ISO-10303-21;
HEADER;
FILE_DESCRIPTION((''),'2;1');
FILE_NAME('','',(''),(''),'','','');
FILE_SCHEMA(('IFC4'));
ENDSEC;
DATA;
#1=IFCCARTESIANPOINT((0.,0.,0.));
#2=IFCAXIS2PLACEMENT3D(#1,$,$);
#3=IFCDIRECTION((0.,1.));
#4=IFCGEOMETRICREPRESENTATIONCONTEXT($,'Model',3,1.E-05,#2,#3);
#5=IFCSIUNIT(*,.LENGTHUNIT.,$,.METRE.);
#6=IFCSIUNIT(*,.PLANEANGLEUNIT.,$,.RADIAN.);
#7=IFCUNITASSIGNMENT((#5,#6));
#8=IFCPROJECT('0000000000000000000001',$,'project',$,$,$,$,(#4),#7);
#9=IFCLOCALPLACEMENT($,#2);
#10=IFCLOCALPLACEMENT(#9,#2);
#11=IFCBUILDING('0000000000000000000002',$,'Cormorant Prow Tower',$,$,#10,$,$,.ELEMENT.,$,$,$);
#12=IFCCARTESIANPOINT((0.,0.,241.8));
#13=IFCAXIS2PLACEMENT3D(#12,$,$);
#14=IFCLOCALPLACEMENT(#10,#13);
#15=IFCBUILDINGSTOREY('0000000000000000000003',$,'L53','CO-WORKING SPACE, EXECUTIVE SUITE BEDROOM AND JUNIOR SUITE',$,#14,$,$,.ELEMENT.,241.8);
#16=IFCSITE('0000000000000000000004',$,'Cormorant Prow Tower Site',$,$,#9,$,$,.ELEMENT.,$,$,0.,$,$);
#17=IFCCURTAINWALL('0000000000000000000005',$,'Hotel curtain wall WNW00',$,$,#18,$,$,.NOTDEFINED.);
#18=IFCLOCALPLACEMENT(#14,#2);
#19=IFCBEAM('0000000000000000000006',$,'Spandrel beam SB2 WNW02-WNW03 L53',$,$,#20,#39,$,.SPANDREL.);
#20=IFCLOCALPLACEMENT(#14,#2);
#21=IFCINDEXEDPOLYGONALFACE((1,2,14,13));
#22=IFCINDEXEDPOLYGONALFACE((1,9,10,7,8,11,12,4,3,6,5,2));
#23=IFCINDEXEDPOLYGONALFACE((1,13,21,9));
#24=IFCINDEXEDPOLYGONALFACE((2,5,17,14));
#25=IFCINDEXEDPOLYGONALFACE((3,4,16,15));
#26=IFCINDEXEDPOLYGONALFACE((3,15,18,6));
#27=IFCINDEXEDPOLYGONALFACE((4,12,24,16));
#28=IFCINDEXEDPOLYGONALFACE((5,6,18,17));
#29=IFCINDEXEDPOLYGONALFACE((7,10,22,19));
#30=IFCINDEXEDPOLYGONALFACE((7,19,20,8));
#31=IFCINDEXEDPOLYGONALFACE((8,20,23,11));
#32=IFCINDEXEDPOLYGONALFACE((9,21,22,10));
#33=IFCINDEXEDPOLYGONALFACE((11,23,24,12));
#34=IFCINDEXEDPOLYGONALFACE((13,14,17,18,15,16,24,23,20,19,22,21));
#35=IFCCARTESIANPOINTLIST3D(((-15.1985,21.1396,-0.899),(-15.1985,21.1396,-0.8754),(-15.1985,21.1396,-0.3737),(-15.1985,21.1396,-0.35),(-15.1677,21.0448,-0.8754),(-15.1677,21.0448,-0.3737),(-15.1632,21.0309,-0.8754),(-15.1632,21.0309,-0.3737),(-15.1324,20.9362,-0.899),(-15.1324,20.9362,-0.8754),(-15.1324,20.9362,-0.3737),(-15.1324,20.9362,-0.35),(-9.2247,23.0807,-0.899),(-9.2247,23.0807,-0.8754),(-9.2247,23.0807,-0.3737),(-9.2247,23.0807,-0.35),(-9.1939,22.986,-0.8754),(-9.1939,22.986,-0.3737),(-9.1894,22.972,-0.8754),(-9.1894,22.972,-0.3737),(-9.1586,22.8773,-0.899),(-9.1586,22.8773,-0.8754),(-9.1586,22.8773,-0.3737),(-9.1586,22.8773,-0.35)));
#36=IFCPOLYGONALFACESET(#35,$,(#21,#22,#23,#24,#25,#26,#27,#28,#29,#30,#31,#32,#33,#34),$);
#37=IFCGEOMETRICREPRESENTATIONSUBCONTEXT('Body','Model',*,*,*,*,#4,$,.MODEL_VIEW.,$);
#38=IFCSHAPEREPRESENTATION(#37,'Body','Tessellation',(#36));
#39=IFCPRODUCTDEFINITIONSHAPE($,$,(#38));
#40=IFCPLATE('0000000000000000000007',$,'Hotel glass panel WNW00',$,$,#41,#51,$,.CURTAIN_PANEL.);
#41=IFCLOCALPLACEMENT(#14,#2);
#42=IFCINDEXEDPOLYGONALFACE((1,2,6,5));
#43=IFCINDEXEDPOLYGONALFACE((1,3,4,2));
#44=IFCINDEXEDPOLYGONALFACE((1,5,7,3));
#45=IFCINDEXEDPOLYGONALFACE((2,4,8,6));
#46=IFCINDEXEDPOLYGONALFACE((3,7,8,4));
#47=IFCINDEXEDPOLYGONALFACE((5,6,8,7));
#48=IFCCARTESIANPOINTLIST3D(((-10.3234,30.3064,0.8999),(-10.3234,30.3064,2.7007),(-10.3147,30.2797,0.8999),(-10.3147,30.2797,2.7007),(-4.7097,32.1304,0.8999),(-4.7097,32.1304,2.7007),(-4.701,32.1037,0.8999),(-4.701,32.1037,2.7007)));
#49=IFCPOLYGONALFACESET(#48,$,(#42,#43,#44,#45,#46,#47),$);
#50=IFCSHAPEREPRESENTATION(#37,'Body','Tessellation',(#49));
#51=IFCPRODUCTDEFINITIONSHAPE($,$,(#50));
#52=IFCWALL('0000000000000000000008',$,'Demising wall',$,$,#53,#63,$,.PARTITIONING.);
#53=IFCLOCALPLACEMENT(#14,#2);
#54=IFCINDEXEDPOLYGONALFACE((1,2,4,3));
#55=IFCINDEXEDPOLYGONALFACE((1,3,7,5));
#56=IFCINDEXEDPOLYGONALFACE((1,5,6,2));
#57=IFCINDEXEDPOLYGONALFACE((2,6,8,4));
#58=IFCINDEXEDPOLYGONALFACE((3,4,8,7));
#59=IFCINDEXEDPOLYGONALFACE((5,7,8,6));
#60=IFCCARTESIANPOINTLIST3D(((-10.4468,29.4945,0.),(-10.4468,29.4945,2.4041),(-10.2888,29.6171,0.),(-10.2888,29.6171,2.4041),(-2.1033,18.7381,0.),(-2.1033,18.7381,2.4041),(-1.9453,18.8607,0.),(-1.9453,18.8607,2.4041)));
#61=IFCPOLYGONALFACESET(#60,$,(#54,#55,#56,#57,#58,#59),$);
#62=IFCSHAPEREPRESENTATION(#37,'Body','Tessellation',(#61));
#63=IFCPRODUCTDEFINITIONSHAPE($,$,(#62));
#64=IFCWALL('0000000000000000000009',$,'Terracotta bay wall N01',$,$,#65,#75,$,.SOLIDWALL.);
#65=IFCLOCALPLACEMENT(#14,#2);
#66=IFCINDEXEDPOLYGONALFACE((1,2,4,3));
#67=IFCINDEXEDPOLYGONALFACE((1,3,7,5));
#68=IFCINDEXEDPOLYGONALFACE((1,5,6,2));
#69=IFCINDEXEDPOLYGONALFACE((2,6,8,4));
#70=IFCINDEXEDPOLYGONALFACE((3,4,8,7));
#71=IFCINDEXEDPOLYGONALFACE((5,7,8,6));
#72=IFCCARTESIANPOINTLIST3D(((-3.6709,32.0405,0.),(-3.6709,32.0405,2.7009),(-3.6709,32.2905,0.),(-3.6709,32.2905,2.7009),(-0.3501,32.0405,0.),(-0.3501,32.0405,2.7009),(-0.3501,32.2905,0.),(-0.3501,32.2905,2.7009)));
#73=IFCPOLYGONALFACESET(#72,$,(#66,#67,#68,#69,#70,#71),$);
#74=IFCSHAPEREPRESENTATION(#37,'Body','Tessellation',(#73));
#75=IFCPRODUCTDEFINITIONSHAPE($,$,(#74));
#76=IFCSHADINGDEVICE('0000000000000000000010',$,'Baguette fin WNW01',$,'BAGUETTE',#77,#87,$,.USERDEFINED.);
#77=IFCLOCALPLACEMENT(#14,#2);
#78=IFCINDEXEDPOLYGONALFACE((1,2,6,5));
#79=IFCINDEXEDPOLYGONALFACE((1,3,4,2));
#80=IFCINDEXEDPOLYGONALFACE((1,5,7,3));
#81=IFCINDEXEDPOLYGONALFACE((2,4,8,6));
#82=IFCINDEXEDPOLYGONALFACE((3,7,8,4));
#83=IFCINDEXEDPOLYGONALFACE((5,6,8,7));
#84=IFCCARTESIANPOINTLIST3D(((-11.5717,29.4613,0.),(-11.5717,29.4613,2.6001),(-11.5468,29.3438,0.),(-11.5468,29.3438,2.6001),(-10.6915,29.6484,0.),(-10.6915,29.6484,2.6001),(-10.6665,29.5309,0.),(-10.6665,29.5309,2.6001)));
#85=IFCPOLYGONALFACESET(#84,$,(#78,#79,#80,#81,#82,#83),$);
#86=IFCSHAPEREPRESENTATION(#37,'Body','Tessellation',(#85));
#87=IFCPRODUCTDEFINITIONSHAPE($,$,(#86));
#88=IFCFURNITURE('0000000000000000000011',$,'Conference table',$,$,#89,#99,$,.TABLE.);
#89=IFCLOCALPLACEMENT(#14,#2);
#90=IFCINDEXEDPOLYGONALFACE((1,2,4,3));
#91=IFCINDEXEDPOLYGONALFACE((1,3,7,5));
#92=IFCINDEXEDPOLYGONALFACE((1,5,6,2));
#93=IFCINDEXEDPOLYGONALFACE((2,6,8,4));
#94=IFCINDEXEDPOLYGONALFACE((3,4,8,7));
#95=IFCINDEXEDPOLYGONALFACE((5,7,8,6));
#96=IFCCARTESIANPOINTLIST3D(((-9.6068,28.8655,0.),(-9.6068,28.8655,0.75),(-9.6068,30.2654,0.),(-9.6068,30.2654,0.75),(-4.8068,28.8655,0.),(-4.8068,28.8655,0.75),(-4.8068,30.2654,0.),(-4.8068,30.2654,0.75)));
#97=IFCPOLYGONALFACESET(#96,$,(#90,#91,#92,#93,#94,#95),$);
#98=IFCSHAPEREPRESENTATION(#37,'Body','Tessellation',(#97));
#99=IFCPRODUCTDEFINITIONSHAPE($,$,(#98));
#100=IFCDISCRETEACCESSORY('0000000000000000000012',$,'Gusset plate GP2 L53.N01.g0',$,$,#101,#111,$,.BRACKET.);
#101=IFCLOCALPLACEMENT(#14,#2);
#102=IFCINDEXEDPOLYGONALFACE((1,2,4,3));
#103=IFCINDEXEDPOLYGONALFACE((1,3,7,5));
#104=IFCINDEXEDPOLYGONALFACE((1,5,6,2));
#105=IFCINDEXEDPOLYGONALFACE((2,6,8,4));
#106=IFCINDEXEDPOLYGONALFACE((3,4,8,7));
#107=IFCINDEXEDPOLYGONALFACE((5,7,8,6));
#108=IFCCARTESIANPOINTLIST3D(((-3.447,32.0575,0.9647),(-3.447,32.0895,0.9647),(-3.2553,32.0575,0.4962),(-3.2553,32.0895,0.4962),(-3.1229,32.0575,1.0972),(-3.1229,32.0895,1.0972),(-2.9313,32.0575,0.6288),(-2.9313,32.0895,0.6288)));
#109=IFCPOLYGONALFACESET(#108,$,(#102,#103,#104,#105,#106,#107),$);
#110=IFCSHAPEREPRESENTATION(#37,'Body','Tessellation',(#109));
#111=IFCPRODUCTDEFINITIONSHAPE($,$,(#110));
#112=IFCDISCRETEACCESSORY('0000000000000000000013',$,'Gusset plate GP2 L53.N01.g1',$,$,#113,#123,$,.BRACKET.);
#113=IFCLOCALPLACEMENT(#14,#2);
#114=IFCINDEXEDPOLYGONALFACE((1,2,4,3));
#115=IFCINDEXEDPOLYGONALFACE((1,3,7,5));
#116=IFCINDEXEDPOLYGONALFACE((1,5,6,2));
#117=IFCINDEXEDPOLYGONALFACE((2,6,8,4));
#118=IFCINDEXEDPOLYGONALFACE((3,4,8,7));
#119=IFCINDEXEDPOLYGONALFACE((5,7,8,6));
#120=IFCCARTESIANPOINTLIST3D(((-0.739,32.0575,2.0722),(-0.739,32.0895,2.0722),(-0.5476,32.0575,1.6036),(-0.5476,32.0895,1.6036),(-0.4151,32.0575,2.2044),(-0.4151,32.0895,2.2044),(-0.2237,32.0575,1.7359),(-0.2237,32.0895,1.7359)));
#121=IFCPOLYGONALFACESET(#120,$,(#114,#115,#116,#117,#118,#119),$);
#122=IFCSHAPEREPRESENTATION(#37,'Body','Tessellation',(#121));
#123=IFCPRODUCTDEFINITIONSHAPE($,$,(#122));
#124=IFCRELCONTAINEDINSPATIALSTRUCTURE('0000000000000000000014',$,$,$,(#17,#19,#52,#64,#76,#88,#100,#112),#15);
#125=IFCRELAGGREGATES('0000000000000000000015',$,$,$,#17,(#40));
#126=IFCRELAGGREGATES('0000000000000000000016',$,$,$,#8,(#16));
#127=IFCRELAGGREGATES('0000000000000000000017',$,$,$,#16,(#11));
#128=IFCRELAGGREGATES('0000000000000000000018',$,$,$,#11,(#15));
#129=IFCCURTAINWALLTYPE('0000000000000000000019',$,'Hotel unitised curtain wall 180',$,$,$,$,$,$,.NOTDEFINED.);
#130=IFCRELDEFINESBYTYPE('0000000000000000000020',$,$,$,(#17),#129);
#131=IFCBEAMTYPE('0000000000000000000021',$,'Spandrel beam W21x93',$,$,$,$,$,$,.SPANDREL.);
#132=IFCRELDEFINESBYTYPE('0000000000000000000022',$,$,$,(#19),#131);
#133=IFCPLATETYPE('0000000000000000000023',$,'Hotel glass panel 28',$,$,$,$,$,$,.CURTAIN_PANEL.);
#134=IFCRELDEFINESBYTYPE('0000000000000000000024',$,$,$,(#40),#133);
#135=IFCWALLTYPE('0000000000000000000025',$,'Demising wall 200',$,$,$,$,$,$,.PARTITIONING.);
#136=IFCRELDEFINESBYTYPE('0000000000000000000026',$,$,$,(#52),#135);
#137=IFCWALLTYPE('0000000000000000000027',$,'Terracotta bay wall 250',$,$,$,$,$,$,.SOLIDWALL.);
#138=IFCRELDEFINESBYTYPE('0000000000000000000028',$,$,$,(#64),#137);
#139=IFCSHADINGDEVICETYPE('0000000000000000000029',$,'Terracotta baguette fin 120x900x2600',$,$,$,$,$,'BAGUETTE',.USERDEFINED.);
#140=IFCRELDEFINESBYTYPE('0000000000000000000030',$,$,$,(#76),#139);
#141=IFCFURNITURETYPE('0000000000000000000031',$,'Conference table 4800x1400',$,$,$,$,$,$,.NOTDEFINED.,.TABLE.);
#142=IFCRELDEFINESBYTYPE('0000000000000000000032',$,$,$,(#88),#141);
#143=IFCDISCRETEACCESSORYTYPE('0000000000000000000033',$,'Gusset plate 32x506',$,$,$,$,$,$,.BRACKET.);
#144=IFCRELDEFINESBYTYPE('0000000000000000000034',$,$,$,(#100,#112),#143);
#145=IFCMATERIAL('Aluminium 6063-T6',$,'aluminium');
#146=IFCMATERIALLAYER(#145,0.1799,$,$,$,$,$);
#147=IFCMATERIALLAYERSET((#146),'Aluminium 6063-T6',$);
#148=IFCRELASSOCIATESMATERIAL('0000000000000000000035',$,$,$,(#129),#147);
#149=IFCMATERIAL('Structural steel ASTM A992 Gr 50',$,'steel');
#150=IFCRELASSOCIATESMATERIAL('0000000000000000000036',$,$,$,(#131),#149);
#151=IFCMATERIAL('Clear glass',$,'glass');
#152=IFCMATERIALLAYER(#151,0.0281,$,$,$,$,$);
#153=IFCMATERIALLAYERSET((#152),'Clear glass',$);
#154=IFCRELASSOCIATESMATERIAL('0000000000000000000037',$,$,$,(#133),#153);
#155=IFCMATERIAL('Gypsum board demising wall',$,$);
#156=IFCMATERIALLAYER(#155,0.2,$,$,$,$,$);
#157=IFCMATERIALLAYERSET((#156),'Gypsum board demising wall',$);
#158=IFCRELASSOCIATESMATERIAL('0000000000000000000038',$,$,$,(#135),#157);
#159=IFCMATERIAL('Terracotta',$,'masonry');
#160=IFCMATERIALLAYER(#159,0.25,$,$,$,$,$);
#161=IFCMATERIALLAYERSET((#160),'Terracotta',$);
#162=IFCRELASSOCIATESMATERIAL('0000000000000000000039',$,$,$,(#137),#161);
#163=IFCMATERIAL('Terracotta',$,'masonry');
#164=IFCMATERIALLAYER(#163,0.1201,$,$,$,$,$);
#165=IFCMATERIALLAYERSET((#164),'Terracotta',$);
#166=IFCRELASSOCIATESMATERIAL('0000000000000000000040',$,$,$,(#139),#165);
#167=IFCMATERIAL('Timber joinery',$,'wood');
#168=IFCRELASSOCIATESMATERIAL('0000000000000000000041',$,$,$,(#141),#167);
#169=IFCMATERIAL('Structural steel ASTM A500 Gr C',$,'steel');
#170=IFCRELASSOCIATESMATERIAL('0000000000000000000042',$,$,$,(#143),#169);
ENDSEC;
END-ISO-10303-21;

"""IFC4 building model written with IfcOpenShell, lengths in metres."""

from ifc_helpers import new_model, si_unit, direction, frame, frame_2d, origin, origin_2d, place, context, subcontext, project, spatial, rectangle, i_section, extrude, material, layer, layer_set, material_profile, profile_set, type_object, element, aggregate, save


model = new_model("IFC4")

# Units and contexts
model_context = context("Model", 3, precision=1e-05, world=origin(), true_north=direction((0.0, 1.0)))
body_context = subcontext(model_context, "Body", "Model", "MODEL_VIEW")
ifc_project = project(units=[si_unit("LENGTHUNIT", "METRE"), si_unit("PLANEANGLEUNIT", "RADIAN")], contexts=[model_context])

# Site, building, storey
site_placement = place(None, origin())
site = spatial("IfcSite", under=ifc_project, at=site_placement, Name="Cormorant Prow Tower Site", CompositionType="ELEMENT", RefElevation=0.0)
building_placement = place(site_placement, origin())
building = spatial("IfcBuilding", under=site, at=building_placement, Name="Cormorant Prow Tower", CompositionType="ELEMENT")
storey_placement = place(building_placement, frame((0.0, 0.0, 241.8)))
storey = spatial("IfcBuildingStorey", under=building, at=storey_placement, Name="L53", Description="CO-WORKING SPACE, EXECUTIVE SUITE BEDROOM AND JUNIOR SUITE", CompositionType="ELEMENT", Elevation=241.8)

# Curtain wall
ifc_material_1 = material(Name="Aluminium 6063-T6", Category="aluminium")
ifc_layer_1 = layer(ifc_material_1, 0.1799)
ifc_layer_set_1 = layer_set([ifc_layer_1], Name="Aluminium 6063-T6")
curtain_wall_type = type_object("IfcCurtainWallType", Name="Hotel unitised curtain wall 180", PredefinedType="NOTDEFINED", material=ifc_layer_set_1)
curtain_wall_1_placement = place(storey_placement, origin())
curtain_wall_1 = element("IfcCurtainWall", 1, at=curtain_wall_1_placement, inside=storey, type_object=curtain_wall_type, Name="Hotel curtain wall WNW00", PredefinedType="NOTDEFINED")

# Beam
ifc_material_2 = material(Name="Structural steel ASTM A992 Gr 50", Category="steel")
ifc_material_profile_1 = material_profile(ifc_material_2, i_section(OverallWidth=0.2139, OverallDepth=0.5491, WebThickness=0.0146, FlangeThickness=0.0237, at=origin_2d()), Name="W21x93")
ifc_profile_set_1 = profile_set([ifc_material_profile_1], Name="Structural steel ASTM A992 Gr 50")
beam_type = type_object("IfcBeamType", Name="Spandrel beam W21x93", PredefinedType="SPANDREL", material=ifc_profile_set_1)
beam_1_placement = place(storey_placement, frame((-9.1917, 22.979, -0.6245), z_axis=(-0.95105, -0.309036, 0.0), x_axis=(0.309036, -0.95105, 0.0)))
element("IfcBeam", 2, at=beam_1_placement, inside=storey, type_object=beam_type, Name="Spandrel beam SB2 WNW02-WNW03 L53", PredefinedType="SPANDREL", context=body_context, shape_type="SweptSolid", body=[
    extrude(i_section(OverallWidth=0.2139, OverallDepth=0.5491, WebThickness=0.0146, FlangeThickness=0.0237, at=origin_2d()), origin(), (0.0, 0.0, 1.0), 6.2812),
])

# Plate
ifc_material_3 = material(Name="Clear glass", Category="glass")
ifc_layer_2 = layer(ifc_material_3, 0.0281)
ifc_layer_set_2 = layer_set([ifc_layer_2], Name="Clear glass")
plate_type = type_object("IfcPlateType", Name="Hotel glass panel 28", PredefinedType="CURTAIN_PANEL", material=ifc_layer_set_2)
plate_placement = place(storey_placement, frame((-7.5122, 31.2051, 0.8999), z_axis=(0.0, 0.0, 1.0), x_axis=(-0.951057, -0.309017, 0.0)))
plate = element("IfcPlate", 3, at=plate_placement, type_object=plate_type, Name="Hotel glass panel WNW00", PredefinedType="CURTAIN_PANEL", context=body_context, shape_type="SweptSolid", body=[
    extrude(rectangle(XDim=5.9026, YDim=0.0281, at=origin_2d()), origin(), (0.0, 0.0, 1.0), 1.8008),
])
aggregate(curtain_wall_1, [plate])

# Walls
ifc_material_4 = material(Name="Gypsum board demising wall")
ifc_layer_3 = layer(ifc_material_4, 0.2)
ifc_layer_set_3 = layer_set([ifc_layer_3], Name="Gypsum board demising wall")
wall_type_1 = type_object("IfcWallType", Name="Demising wall 200", PredefinedType="PARTITIONING", material=ifc_layer_set_3)
wall_1_placement = place(storey_placement, frame((-10.3679, 29.5559, 0.0), z_axis=(0.0, 0.0, 1.0), x_axis=(0.612908, -0.790154, 0.0)))
element("IfcWall", 4, at=wall_1_placement, inside=storey, type_object=wall_type_1, Name="Demising wall", PredefinedType="PARTITIONING", context=body_context, shape_type="SweptSolid", body=[
    extrude(rectangle(XDim=13.613, YDim=0.2, at=frame_2d((6.8066, 0.0))), origin(), (0.0, 0.0, 1.0), 2.4041),
])
ifc_material_5 = material(Name="Terracotta", Category="masonry")
ifc_layer_4 = layer(ifc_material_5, 0.25)
ifc_layer_set_4 = layer_set([ifc_layer_4], Name="Terracotta")
wall_type_2 = type_object("IfcWallType", Name="Terracotta bay wall 250", PredefinedType="SOLIDWALL", material=ifc_layer_set_4)
wall_2_placement = place(storey_placement, frame((-0.3501, 32.1655, 0.0), z_axis=(0.0, 0.0, 1.0), x_axis=(-1.0, 0.0, 0.0)))
element("IfcWall", 5, at=wall_2_placement, inside=storey, type_object=wall_type_2, Name="Terracotta bay wall N01", PredefinedType="SOLIDWALL", context=body_context, shape_type="SweptSolid", body=[
    extrude(rectangle(XDim=3.3208, YDim=0.25, at=frame_2d((1.6604, 0.0))), origin(), (0.0, 0.0, 1.0), 2.7009),
])

# Shading device
ifc_material_6 = material(Name="Terracotta", Category="masonry")
ifc_layer_5 = layer(ifc_material_6, 0.1201)
ifc_layer_set_5 = layer_set([ifc_layer_5], Name="Terracotta")
shading_device_type = type_object("IfcShadingDeviceType", Name="Terracotta baguette fin 120x900x2600", ElementType="BAGUETTE", PredefinedType="USERDEFINED", material=ifc_layer_set_5)
shading_device_placement = place(storey_placement, frame((-11.1191, 29.4961, 0.0), z_axis=(0.0, 0.0, 1.0), x_axis=(0.207912, -0.978148, 0.0)))
element("IfcShadingDevice", 6, at=shading_device_placement, inside=storey, type_object=shading_device_type, Name="Baguette fin WNW01", ObjectType="BAGUETTE", PredefinedType="USERDEFINED", context=body_context, shape_type="SweptSolid", body=[
    extrude(rectangle(XDim=0.1201, YDim=0.8999, at=origin_2d()), origin(), (0.0, 0.0, 1.0), 2.6001),
])

# Furniture
ifc_material_7 = material(Name="Timber joinery", Category="wood")
furniture_type = type_object("IfcFurnitureType", Name="Conference table 4800x1400", AssemblyPlace="NOTDEFINED", PredefinedType="TABLE", material=ifc_material_7)
furniture_placement = place(storey_placement, frame((-7.2068, 29.5654, 0.0), z_axis=(0.0, 0.0, 1.0), x_axis=(1.0, 0.0, 0.0)))
element("IfcFurniture", 7, at=furniture_placement, inside=storey, type_object=furniture_type, Name="Conference table", PredefinedType="TABLE", context=body_context, shape_type="SweptSolid", body=[
    extrude(rectangle(XDim=4.8, YDim=1.3999, at=origin_2d()), origin(), (0.0, 0.0, 1.0), 0.75),
])

# Discrete accessories
ifc_material_8 = material(Name="Structural steel ASTM A500 Gr C", Category="steel")
ifc_material_profile_2 = material_profile(ifc_material_8, rectangle(XDim=0.032, YDim=0.5061, at=origin_2d()), Name="Gusset plate 32x506")
ifc_profile_set_2 = profile_set([ifc_material_profile_2], Name="Structural steel ASTM A500 Gr C")
discrete_accessory_type = type_object("IfcDiscreteAccessoryType", Name="Gusset plate 32x506", PredefinedType="BRACKET", material=ifc_profile_set_2)
discrete_accessory_1_placement = place(storey_placement, frame((-3.0271, 32.0735, 0.863), z_axis=(-0.925514, 0.0, -0.378714), x_axis=(0.0, -1.0, 0.0)))
element("IfcDiscreteAccessory", 8, at=discrete_accessory_1_placement, inside=storey, type_object=discrete_accessory_type, Name="Gusset plate GP2 L53.N01.g0", PredefinedType="BRACKET", context=body_context, shape_type="SweptSolid", body=[
    extrude(rectangle(XDim=0.032, YDim=0.5061, at=origin_2d()), origin(), (0.0, 0.0, 1.0), 0.3501),
])
discrete_accessory_2_placement = place(storey_placement, frame((-0.6433, 32.0735, 1.8379), z_axis=(0.925758, 0.0, 0.378117), x_axis=(0.0, 1.0, 0.0)))
element("IfcDiscreteAccessory", 9, at=discrete_accessory_2_placement, inside=storey, type_object=discrete_accessory_type, Name="Gusset plate GP2 L53.N01.g1", PredefinedType="BRACKET", context=body_context, shape_type="SweptSolid", body=[
    extrude(rectangle(XDim=0.032, YDim=0.5061, at=origin_2d()), origin(), (0.0, 0.0, 1.0), 0.3499),
])

save(model, "model.ifc")
